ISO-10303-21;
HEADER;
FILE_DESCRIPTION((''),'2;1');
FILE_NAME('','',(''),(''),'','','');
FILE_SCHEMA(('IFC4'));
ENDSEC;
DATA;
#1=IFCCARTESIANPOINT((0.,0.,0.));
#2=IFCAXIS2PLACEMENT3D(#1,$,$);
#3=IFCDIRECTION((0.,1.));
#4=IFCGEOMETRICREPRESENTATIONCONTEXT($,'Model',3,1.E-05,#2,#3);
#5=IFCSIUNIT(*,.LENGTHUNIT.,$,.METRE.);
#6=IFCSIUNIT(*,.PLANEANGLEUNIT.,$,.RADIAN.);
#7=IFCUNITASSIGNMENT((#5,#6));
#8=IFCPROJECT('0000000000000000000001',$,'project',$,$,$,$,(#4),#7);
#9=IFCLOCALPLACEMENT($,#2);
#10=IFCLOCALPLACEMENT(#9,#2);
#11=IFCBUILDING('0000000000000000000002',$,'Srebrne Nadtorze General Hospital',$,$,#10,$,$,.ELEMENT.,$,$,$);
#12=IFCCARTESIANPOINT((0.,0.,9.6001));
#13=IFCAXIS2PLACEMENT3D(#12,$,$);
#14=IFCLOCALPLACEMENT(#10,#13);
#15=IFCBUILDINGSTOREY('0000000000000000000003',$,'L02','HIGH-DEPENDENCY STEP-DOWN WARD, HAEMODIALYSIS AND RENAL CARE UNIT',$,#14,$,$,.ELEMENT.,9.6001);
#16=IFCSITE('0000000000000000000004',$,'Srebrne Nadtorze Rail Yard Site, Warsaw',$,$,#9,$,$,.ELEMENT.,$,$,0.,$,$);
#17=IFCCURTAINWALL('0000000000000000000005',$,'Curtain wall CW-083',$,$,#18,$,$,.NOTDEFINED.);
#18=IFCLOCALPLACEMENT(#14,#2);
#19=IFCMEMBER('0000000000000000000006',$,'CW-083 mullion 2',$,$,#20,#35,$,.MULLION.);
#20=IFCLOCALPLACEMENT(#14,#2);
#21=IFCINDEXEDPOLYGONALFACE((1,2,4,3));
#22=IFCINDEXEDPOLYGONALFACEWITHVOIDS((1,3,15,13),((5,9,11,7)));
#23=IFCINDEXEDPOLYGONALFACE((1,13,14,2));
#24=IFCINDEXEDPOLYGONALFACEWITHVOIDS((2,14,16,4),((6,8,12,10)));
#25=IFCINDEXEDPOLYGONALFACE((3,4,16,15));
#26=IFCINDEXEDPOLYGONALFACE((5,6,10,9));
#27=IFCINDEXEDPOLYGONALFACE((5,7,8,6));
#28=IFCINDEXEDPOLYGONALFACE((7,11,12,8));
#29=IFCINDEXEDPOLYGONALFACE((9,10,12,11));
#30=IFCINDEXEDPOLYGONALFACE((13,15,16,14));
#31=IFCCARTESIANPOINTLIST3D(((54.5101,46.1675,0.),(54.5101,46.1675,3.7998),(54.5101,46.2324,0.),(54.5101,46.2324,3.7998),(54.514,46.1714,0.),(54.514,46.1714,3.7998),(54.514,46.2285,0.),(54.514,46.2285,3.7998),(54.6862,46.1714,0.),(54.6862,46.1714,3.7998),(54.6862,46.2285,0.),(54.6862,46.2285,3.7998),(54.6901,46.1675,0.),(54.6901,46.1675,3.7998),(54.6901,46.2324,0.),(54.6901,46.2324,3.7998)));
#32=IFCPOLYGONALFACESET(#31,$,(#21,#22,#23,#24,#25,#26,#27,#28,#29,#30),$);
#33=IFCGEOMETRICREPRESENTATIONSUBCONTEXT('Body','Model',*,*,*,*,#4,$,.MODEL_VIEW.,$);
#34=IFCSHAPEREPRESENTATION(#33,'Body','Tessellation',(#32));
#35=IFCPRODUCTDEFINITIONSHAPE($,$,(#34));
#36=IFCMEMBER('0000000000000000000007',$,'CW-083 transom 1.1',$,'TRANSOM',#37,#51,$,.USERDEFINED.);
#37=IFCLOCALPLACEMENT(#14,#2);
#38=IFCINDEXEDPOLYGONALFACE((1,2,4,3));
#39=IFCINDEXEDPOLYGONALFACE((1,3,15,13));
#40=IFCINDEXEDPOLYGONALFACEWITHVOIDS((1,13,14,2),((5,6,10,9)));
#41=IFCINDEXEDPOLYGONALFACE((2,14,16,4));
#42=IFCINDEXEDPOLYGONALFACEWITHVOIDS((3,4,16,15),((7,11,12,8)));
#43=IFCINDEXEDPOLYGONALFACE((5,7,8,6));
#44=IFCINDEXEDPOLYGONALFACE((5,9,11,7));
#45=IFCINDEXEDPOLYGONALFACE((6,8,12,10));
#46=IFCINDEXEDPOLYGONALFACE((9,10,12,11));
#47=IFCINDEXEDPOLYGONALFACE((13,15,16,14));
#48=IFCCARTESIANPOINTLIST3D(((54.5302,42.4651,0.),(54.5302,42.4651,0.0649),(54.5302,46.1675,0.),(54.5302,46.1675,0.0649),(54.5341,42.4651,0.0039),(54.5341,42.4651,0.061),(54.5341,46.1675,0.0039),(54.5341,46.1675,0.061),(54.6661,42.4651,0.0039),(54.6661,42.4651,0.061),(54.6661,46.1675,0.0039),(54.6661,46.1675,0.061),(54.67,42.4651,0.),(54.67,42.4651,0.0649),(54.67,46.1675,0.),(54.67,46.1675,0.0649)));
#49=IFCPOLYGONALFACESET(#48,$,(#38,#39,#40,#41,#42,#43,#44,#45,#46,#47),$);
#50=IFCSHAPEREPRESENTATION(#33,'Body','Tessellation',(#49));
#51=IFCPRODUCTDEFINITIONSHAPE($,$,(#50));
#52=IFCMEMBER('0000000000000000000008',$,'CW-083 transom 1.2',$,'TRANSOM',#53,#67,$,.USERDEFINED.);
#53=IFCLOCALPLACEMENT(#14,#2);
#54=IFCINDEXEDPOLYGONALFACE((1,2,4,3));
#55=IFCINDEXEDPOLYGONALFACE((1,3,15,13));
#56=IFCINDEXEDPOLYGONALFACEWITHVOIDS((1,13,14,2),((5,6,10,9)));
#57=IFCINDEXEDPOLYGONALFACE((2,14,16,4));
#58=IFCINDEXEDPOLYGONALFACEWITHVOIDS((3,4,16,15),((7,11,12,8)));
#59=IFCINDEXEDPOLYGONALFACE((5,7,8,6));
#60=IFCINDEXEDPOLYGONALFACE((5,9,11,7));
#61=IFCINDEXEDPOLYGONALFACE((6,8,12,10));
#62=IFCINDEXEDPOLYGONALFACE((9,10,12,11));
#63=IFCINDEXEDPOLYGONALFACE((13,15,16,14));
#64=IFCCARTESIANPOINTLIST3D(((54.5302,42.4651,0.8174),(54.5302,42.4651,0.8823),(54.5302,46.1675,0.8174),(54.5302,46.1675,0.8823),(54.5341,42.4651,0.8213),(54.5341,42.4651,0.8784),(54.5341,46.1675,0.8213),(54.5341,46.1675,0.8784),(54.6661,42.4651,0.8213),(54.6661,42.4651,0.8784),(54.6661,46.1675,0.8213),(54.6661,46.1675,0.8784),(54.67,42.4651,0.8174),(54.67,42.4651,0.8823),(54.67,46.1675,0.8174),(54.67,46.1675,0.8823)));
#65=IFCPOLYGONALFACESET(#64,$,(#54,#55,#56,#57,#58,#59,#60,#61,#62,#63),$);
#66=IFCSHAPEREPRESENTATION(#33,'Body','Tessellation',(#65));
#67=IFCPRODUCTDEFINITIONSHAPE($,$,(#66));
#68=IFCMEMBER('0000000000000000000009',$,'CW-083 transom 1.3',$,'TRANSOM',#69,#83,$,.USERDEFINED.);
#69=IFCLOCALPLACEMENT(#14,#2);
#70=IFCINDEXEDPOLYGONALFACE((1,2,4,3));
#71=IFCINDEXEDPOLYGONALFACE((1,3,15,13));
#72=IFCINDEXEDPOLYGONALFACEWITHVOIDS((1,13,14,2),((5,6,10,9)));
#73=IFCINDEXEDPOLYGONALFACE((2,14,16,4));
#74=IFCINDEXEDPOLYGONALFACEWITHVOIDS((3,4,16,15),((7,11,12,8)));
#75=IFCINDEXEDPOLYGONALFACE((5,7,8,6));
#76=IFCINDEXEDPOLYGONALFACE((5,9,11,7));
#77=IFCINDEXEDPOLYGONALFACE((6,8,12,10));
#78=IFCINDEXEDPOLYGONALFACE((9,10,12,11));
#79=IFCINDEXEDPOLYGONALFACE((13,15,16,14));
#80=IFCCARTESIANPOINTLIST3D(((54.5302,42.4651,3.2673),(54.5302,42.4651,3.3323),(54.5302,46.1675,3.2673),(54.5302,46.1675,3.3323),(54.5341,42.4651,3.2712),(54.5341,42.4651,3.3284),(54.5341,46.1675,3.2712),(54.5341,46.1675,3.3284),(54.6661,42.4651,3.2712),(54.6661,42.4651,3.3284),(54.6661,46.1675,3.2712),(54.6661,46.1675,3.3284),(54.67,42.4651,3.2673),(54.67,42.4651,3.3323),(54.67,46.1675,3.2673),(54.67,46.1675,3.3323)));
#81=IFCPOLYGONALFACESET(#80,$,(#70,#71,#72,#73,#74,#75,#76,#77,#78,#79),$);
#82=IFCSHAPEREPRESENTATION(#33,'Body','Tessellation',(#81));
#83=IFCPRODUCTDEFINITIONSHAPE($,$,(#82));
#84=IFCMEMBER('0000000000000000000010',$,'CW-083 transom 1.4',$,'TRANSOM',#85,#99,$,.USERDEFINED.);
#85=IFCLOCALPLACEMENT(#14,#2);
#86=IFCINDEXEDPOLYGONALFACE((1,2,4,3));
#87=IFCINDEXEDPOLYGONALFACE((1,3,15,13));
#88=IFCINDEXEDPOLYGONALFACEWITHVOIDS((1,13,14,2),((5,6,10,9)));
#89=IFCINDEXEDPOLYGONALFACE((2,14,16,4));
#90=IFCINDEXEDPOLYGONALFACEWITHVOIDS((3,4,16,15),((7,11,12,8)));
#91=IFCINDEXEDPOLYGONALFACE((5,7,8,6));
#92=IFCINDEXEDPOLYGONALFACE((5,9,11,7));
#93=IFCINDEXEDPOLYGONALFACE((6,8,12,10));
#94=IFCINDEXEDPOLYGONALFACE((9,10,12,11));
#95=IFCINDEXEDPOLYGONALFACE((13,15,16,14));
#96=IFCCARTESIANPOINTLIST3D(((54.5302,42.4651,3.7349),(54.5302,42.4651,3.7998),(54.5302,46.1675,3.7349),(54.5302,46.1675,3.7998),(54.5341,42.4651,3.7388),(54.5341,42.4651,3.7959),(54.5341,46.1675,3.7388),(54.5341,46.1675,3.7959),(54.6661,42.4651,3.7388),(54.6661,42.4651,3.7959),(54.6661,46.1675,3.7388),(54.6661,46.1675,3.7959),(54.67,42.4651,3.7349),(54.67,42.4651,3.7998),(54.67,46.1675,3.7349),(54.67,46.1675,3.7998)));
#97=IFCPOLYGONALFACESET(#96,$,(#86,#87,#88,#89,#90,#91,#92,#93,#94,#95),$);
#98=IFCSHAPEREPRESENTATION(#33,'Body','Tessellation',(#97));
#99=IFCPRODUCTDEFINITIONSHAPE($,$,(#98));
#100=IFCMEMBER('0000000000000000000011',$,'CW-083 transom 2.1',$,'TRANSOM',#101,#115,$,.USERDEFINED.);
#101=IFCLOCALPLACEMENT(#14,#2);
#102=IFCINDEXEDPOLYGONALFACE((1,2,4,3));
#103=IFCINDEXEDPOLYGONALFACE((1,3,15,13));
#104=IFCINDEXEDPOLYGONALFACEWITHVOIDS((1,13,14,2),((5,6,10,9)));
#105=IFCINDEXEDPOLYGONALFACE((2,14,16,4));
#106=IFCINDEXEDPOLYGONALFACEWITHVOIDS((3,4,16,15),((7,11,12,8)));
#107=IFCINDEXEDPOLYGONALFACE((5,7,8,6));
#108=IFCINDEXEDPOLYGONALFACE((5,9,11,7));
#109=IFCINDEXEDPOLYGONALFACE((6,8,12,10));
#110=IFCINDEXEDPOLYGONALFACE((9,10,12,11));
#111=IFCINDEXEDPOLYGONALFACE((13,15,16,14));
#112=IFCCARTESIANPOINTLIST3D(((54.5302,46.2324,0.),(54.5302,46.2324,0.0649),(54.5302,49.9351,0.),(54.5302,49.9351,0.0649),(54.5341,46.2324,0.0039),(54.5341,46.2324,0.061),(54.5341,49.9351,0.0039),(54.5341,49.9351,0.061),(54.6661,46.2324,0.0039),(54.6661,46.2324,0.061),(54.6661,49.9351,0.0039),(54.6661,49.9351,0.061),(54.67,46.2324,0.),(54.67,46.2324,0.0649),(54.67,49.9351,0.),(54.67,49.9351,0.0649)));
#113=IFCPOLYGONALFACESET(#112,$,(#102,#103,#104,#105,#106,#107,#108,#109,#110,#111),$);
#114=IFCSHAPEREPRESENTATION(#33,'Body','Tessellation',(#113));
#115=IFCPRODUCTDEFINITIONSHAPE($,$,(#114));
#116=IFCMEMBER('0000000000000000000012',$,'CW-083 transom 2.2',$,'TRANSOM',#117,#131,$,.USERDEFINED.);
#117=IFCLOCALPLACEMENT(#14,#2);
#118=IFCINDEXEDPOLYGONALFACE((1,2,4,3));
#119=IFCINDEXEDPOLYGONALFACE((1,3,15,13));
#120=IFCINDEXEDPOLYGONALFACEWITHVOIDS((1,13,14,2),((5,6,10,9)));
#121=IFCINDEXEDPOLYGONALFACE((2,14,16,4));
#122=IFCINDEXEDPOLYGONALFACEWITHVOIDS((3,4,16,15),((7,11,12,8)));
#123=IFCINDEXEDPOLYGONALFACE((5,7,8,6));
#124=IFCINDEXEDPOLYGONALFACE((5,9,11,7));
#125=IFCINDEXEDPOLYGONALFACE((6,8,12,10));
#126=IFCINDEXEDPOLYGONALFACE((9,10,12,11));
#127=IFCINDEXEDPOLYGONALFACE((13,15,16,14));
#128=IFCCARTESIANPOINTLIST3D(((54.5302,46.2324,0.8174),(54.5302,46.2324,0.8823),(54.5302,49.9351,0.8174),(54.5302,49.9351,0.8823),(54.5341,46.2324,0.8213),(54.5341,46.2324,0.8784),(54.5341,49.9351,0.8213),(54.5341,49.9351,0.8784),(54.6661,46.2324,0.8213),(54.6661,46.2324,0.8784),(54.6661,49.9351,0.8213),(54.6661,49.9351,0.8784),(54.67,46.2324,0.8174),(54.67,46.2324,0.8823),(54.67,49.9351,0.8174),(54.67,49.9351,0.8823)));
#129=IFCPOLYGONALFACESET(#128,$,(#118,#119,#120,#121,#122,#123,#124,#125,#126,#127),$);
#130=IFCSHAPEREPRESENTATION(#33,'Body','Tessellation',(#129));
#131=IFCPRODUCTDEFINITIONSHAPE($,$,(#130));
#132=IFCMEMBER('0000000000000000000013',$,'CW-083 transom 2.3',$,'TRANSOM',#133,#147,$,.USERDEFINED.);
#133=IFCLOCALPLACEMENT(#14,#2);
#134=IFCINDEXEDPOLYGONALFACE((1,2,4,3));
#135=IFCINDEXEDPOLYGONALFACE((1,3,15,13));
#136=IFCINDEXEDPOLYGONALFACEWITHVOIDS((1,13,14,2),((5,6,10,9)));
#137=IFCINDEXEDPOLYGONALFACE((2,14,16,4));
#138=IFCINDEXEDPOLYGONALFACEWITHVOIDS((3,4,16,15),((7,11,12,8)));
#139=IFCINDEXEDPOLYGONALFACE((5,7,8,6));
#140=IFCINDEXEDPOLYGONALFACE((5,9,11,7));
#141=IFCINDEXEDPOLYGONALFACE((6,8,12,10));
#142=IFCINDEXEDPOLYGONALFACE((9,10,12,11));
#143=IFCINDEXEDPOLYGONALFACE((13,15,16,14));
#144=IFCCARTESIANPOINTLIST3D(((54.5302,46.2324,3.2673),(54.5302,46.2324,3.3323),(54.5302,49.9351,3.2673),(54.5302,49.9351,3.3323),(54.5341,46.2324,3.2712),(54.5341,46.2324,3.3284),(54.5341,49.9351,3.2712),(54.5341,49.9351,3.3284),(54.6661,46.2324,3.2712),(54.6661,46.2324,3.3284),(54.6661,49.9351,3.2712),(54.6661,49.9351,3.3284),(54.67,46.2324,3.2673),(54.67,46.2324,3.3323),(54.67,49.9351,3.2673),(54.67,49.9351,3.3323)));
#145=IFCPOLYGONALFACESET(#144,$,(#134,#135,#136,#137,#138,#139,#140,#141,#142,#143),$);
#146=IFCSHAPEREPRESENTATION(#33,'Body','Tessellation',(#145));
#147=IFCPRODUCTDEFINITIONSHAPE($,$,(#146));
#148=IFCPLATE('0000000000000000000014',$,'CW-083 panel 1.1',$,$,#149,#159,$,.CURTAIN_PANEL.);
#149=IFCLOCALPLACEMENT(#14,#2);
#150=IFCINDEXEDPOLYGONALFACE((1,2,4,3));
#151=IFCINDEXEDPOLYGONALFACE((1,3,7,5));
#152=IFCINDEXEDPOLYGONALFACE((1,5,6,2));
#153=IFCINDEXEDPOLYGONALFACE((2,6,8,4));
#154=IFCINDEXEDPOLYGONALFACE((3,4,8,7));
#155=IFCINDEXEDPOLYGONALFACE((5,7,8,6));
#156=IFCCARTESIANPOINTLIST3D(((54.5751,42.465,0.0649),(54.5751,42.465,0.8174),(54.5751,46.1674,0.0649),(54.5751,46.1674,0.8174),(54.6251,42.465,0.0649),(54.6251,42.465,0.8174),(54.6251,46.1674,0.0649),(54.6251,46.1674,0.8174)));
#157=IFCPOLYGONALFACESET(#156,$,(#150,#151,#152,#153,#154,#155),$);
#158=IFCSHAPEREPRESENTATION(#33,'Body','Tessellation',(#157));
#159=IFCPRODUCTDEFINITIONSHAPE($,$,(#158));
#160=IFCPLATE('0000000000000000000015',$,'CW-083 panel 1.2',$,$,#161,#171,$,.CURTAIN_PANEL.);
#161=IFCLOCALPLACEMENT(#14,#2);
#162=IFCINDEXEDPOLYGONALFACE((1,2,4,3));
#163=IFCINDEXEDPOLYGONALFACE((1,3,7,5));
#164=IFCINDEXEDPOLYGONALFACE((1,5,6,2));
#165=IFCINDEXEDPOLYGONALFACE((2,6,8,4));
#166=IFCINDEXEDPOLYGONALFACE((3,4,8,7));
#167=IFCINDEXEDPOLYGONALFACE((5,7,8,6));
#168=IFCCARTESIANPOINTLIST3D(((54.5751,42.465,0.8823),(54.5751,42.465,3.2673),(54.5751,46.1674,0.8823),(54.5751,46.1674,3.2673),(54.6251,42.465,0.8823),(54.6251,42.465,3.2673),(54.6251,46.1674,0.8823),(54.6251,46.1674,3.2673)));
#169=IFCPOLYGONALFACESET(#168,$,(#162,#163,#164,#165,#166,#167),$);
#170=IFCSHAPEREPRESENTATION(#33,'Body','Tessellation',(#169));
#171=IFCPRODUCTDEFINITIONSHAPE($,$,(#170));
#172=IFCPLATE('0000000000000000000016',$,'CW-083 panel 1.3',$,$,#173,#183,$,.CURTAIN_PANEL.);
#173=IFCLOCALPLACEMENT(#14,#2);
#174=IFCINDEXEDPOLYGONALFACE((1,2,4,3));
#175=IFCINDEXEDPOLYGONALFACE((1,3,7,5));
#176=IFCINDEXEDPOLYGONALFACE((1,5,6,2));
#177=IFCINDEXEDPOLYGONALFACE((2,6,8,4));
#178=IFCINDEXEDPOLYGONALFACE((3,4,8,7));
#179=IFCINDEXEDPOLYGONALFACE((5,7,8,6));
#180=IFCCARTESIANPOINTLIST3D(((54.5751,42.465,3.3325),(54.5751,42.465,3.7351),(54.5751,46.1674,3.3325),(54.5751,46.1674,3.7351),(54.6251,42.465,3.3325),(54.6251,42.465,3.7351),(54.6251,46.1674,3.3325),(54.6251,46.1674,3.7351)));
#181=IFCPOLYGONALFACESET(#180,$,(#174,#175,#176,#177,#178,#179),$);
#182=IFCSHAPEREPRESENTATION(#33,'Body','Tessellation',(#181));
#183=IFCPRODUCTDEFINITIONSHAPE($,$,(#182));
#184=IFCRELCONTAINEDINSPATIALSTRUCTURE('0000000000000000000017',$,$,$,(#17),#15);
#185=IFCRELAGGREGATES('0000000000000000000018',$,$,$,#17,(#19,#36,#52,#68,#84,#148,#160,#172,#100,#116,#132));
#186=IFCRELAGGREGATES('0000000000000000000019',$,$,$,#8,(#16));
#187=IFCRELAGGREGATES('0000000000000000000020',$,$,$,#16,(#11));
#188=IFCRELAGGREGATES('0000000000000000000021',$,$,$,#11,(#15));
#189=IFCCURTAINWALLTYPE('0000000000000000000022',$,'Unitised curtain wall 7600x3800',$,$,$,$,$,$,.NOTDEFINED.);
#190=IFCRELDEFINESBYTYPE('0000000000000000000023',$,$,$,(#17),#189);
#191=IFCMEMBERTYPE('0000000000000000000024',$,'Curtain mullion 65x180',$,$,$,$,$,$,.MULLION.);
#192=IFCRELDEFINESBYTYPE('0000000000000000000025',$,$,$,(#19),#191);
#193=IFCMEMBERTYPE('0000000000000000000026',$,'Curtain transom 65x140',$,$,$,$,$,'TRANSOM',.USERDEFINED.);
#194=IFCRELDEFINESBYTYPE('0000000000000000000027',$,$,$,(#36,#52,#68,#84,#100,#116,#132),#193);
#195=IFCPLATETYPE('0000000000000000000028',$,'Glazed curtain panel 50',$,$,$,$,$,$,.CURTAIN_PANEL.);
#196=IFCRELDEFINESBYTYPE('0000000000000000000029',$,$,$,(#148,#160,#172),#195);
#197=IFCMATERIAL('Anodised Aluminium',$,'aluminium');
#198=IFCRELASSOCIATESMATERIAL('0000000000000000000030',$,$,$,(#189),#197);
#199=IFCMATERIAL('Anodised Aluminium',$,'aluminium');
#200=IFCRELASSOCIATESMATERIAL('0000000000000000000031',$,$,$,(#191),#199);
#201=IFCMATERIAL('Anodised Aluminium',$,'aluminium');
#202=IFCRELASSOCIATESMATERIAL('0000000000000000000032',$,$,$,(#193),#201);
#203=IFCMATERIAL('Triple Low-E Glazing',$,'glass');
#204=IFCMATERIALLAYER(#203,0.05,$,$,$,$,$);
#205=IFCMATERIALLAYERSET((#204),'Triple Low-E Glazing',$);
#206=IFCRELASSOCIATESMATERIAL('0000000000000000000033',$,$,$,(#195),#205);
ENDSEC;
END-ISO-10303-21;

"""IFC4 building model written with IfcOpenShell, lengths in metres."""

from ifc_helpers import new_model, si_unit, direction, frame, origin, origin_2d, place, context, subcontext, project, spatial, rectangle, hollow_rectangle, extrude, material, layer, layer_set, material_profile, profile_set, type_object, element, aggregate, save


model = new_model("IFC4")

# Units and contexts
model_context = context("Model", 3, precision=1e-05, world=origin(), true_north=direction((0.0, 1.0)))
body_context = subcontext(model_context, "Body", "Model", "MODEL_VIEW")
ifc_project = project(units=[si_unit("LENGTHUNIT", "METRE"), si_unit("PLANEANGLEUNIT", "RADIAN")], contexts=[model_context])

# Site, building, storey
site_placement = place(None, origin())
site = spatial("IfcSite", under=ifc_project, at=site_placement, Name="Srebrne Nadtorze Rail Yard Site, Warsaw", CompositionType="ELEMENT", RefElevation=0.0)
building_placement = place(site_placement, origin())
building = spatial("IfcBuilding", under=site, at=building_placement, Name="Srebrne Nadtorze General Hospital", CompositionType="ELEMENT")
storey_placement = place(building_placement, frame((0.0, 0.0, 9.6001)))
storey = spatial("IfcBuildingStorey", under=building, at=storey_placement, Name="L02", Description="HIGH-DEPENDENCY STEP-DOWN WARD, HAEMODIALYSIS AND RENAL CARE UNIT", CompositionType="ELEMENT", Elevation=9.6001)

# Curtain wall, members, plates
ifc_material_1 = material(Name="Anodised Aluminium", Category="aluminium")
curtain_wall_type = type_object("IfcCurtainWallType", Name="Unitised curtain wall 7600x3800", PredefinedType="NOTDEFINED", material=ifc_material_1)
curtain_wall_placement = place(storey_placement, origin())
curtain_wall = element("IfcCurtainWall", 1, at=curtain_wall_placement, inside=storey, type_object=curtain_wall_type, Name="Curtain wall CW-083", PredefinedType="NOTDEFINED")
ifc_material_2 = material(Name="Anodised Aluminium", Category="aluminium")
ifc_material_profile_1 = material_profile(ifc_material_2, hollow_rectangle(XDim=0.0649, YDim=0.1799, WallThickness=0.0039, at=origin_2d()), Name="AL-MUL-65x180")
ifc_profile_set_1 = profile_set([ifc_material_profile_1], Name="Anodised Aluminium")
member_type_1 = type_object("IfcMemberType", Name="Curtain mullion 65x180", PredefinedType="MULLION", material=ifc_profile_set_1)
member_1_placement = place(storey_placement, frame((54.6001, 46.2, 0.0), z_axis=(0.0, 0.0, 1.0), x_axis=(0.0, 1.0, 0.0)))
member_1 = element("IfcMember", 2, at=member_1_placement, type_object=member_type_1, Name="CW-083 mullion 2", PredefinedType="MULLION", context=body_context, shape_type="SweptSolid", body=[
    extrude(hollow_rectangle(XDim=0.0649, YDim=0.1799, WallThickness=0.0039, at=origin_2d()), origin(), (0.0, 0.0, 1.0), 3.7998),
])
ifc_material_3 = material(Name="Anodised Aluminium", Category="aluminium")
ifc_material_profile_2 = material_profile(ifc_material_3, hollow_rectangle(XDim=0.0649, YDim=0.1399, WallThickness=0.0039, at=origin_2d()), Name="AL-TRN-65x140")
ifc_profile_set_2 = profile_set([ifc_material_profile_2], Name="Anodised Aluminium")
member_type_2 = type_object("IfcMemberType", Name="Curtain transom 65x140", ElementType="TRANSOM", PredefinedType="USERDEFINED", material=ifc_profile_set_2)
member_2_placement = place(storey_placement, frame((54.6001, 42.4651, 0.0325), z_axis=(0.0, 1.0, 0.0), x_axis=(0.0, 0.0, 1.0)))
member_2 = element("IfcMember", 3, at=member_2_placement, type_object=member_type_2, Name="CW-083 transom 1.1", ObjectType="TRANSOM", PredefinedType="USERDEFINED", context=body_context, shape_type="SweptSolid", body=[
    extrude(hollow_rectangle(XDim=0.0649, YDim=0.1399, WallThickness=0.0039, at=origin_2d()), origin(), (0.0, 0.0, 1.0), 3.7024),
])
member_3_placement = place(storey_placement, frame((54.6001, 42.4651, 0.8499), z_axis=(0.0, 1.0, 0.0), x_axis=(0.0, 0.0, 1.0)))
member_3 = element("IfcMember", 4, at=member_3_placement, type_object=member_type_2, Name="CW-083 transom 1.2", ObjectType="TRANSOM", PredefinedType="USERDEFINED", context=body_context, shape_type="SweptSolid", body=[
    extrude(hollow_rectangle(XDim=0.0649, YDim=0.1399, WallThickness=0.0039, at=origin_2d()), origin(), (0.0, 0.0, 1.0), 3.7024),
])
member_4_placement = place(storey_placement, frame((54.6001, 42.4651, 3.2998), z_axis=(0.0, 1.0, 0.0), x_axis=(0.0, 0.0, 1.0)))
member_4 = element("IfcMember", 5, at=member_4_placement, type_object=member_type_2, Name="CW-083 transom 1.3", ObjectType="TRANSOM", PredefinedType="USERDEFINED", context=body_context, shape_type="SweptSolid", body=[
    extrude(hollow_rectangle(XDim=0.0649, YDim=0.1399, WallThickness=0.0039, at=origin_2d()), origin(), (0.0, 0.0, 1.0), 3.7024),
])
member_5_placement = place(storey_placement, frame((54.6001, 42.4651, 3.7673), z_axis=(0.0, 1.0, 0.0), x_axis=(0.0, 0.0, 1.0)))
member_5 = element("IfcMember", 6, at=member_5_placement, type_object=member_type_2, Name="CW-083 transom 1.4", ObjectType="TRANSOM", PredefinedType="USERDEFINED", context=body_context, shape_type="SweptSolid", body=[
    extrude(hollow_rectangle(XDim=0.0649, YDim=0.1399, WallThickness=0.0039, at=origin_2d()), origin(), (0.0, 0.0, 1.0), 3.7024),
])
member_6_placement = place(storey_placement, frame((54.6001, 46.2324, 0.0325), z_axis=(0.0, 1.0, 0.0), x_axis=(0.0, 0.0, 1.0)))
member_6 = element("IfcMember", 7, at=member_6_placement, type_object=member_type_2, Name="CW-083 transom 2.1", ObjectType="TRANSOM", PredefinedType="USERDEFINED", context=body_context, shape_type="SweptSolid", body=[
    extrude(hollow_rectangle(XDim=0.0649, YDim=0.1399, WallThickness=0.0039, at=origin_2d()), origin(), (0.0, 0.0, 1.0), 3.7026),
])
member_7_placement = place(storey_placement, frame((54.6001, 46.2324, 0.8499), z_axis=(0.0, 1.0, 0.0), x_axis=(0.0, 0.0, 1.0)))
member_7 = element("IfcMember", 8, at=member_7_placement, type_object=member_type_2, Name="CW-083 transom 2.2", ObjectType="TRANSOM", PredefinedType="USERDEFINED", context=body_context, shape_type="SweptSolid", body=[
    extrude(hollow_rectangle(XDim=0.0649, YDim=0.1399, WallThickness=0.0039, at=origin_2d()), origin(), (0.0, 0.0, 1.0), 3.7026),
])
member_8_placement = place(storey_placement, frame((54.6001, 46.2324, 3.2998), z_axis=(0.0, 1.0, 0.0), x_axis=(0.0, 0.0, 1.0)))
member_8 = element("IfcMember", 9, at=member_8_placement, type_object=member_type_2, Name="CW-083 transom 2.3", ObjectType="TRANSOM", PredefinedType="USERDEFINED", context=body_context, shape_type="SweptSolid", body=[
    extrude(hollow_rectangle(XDim=0.0649, YDim=0.1399, WallThickness=0.0039, at=origin_2d()), origin(), (0.0, 0.0, 1.0), 3.7026),
])
ifc_material_4 = material(Name="Triple Low-E Glazing", Category="glass")
ifc_layer_1 = layer(ifc_material_4, 0.05)
ifc_layer_set_1 = layer_set([ifc_layer_1], Name="Triple Low-E Glazing")
plate_type = type_object("IfcPlateType", Name="Glazed curtain panel 50", PredefinedType="CURTAIN_PANEL", material=ifc_layer_set_1)
plate_1_placement = place(storey_placement, frame((54.6001, 44.3162, 0.0649), z_axis=(0.0, 0.0, 1.0), x_axis=(0.0, 1.0, 0.0)))
plate_1 = element("IfcPlate", 10, at=plate_1_placement, type_object=plate_type, Name="CW-083 panel 1.1", PredefinedType="CURTAIN_PANEL", context=body_context, shape_type="SweptSolid", body=[
    extrude(rectangle(XDim=3.7024, YDim=0.05, at=origin_2d()), origin(), (0.0, 0.0, 1.0), 0.7524),
])
plate_2_placement = place(storey_placement, frame((54.6001, 44.3162, 0.8823), z_axis=(0.0, 0.0, 1.0), x_axis=(0.0, 1.0, 0.0)))
plate_2 = element("IfcPlate", 11, at=plate_2_placement, type_object=plate_type, Name="CW-083 panel 1.2", PredefinedType="CURTAIN_PANEL", context=body_context, shape_type="SweptSolid", body=[
    extrude(rectangle(XDim=3.7024, YDim=0.05, at=origin_2d()), origin(), (0.0, 0.0, 1.0), 2.385),
])
plate_3_placement = place(storey_placement, frame((54.6001, 44.3162, 3.3325), z_axis=(0.0, 0.0, 1.0), x_axis=(0.0, 1.0, 0.0)))
plate_3 = element("IfcPlate", 12, at=plate_3_placement, type_object=plate_type, Name="CW-083 panel 1.3", PredefinedType="CURTAIN_PANEL", context=body_context, shape_type="SweptSolid", body=[
    extrude(rectangle(XDim=3.7024, YDim=0.05, at=origin_2d()), origin(), (0.0, 0.0, 1.0), 0.4026),
])
aggregate(curtain_wall, [member_1, member_2, member_3, member_4, member_5, plate_1, plate_2, plate_3, member_6, member_7, member_8])

save(model, "model.ifc")
